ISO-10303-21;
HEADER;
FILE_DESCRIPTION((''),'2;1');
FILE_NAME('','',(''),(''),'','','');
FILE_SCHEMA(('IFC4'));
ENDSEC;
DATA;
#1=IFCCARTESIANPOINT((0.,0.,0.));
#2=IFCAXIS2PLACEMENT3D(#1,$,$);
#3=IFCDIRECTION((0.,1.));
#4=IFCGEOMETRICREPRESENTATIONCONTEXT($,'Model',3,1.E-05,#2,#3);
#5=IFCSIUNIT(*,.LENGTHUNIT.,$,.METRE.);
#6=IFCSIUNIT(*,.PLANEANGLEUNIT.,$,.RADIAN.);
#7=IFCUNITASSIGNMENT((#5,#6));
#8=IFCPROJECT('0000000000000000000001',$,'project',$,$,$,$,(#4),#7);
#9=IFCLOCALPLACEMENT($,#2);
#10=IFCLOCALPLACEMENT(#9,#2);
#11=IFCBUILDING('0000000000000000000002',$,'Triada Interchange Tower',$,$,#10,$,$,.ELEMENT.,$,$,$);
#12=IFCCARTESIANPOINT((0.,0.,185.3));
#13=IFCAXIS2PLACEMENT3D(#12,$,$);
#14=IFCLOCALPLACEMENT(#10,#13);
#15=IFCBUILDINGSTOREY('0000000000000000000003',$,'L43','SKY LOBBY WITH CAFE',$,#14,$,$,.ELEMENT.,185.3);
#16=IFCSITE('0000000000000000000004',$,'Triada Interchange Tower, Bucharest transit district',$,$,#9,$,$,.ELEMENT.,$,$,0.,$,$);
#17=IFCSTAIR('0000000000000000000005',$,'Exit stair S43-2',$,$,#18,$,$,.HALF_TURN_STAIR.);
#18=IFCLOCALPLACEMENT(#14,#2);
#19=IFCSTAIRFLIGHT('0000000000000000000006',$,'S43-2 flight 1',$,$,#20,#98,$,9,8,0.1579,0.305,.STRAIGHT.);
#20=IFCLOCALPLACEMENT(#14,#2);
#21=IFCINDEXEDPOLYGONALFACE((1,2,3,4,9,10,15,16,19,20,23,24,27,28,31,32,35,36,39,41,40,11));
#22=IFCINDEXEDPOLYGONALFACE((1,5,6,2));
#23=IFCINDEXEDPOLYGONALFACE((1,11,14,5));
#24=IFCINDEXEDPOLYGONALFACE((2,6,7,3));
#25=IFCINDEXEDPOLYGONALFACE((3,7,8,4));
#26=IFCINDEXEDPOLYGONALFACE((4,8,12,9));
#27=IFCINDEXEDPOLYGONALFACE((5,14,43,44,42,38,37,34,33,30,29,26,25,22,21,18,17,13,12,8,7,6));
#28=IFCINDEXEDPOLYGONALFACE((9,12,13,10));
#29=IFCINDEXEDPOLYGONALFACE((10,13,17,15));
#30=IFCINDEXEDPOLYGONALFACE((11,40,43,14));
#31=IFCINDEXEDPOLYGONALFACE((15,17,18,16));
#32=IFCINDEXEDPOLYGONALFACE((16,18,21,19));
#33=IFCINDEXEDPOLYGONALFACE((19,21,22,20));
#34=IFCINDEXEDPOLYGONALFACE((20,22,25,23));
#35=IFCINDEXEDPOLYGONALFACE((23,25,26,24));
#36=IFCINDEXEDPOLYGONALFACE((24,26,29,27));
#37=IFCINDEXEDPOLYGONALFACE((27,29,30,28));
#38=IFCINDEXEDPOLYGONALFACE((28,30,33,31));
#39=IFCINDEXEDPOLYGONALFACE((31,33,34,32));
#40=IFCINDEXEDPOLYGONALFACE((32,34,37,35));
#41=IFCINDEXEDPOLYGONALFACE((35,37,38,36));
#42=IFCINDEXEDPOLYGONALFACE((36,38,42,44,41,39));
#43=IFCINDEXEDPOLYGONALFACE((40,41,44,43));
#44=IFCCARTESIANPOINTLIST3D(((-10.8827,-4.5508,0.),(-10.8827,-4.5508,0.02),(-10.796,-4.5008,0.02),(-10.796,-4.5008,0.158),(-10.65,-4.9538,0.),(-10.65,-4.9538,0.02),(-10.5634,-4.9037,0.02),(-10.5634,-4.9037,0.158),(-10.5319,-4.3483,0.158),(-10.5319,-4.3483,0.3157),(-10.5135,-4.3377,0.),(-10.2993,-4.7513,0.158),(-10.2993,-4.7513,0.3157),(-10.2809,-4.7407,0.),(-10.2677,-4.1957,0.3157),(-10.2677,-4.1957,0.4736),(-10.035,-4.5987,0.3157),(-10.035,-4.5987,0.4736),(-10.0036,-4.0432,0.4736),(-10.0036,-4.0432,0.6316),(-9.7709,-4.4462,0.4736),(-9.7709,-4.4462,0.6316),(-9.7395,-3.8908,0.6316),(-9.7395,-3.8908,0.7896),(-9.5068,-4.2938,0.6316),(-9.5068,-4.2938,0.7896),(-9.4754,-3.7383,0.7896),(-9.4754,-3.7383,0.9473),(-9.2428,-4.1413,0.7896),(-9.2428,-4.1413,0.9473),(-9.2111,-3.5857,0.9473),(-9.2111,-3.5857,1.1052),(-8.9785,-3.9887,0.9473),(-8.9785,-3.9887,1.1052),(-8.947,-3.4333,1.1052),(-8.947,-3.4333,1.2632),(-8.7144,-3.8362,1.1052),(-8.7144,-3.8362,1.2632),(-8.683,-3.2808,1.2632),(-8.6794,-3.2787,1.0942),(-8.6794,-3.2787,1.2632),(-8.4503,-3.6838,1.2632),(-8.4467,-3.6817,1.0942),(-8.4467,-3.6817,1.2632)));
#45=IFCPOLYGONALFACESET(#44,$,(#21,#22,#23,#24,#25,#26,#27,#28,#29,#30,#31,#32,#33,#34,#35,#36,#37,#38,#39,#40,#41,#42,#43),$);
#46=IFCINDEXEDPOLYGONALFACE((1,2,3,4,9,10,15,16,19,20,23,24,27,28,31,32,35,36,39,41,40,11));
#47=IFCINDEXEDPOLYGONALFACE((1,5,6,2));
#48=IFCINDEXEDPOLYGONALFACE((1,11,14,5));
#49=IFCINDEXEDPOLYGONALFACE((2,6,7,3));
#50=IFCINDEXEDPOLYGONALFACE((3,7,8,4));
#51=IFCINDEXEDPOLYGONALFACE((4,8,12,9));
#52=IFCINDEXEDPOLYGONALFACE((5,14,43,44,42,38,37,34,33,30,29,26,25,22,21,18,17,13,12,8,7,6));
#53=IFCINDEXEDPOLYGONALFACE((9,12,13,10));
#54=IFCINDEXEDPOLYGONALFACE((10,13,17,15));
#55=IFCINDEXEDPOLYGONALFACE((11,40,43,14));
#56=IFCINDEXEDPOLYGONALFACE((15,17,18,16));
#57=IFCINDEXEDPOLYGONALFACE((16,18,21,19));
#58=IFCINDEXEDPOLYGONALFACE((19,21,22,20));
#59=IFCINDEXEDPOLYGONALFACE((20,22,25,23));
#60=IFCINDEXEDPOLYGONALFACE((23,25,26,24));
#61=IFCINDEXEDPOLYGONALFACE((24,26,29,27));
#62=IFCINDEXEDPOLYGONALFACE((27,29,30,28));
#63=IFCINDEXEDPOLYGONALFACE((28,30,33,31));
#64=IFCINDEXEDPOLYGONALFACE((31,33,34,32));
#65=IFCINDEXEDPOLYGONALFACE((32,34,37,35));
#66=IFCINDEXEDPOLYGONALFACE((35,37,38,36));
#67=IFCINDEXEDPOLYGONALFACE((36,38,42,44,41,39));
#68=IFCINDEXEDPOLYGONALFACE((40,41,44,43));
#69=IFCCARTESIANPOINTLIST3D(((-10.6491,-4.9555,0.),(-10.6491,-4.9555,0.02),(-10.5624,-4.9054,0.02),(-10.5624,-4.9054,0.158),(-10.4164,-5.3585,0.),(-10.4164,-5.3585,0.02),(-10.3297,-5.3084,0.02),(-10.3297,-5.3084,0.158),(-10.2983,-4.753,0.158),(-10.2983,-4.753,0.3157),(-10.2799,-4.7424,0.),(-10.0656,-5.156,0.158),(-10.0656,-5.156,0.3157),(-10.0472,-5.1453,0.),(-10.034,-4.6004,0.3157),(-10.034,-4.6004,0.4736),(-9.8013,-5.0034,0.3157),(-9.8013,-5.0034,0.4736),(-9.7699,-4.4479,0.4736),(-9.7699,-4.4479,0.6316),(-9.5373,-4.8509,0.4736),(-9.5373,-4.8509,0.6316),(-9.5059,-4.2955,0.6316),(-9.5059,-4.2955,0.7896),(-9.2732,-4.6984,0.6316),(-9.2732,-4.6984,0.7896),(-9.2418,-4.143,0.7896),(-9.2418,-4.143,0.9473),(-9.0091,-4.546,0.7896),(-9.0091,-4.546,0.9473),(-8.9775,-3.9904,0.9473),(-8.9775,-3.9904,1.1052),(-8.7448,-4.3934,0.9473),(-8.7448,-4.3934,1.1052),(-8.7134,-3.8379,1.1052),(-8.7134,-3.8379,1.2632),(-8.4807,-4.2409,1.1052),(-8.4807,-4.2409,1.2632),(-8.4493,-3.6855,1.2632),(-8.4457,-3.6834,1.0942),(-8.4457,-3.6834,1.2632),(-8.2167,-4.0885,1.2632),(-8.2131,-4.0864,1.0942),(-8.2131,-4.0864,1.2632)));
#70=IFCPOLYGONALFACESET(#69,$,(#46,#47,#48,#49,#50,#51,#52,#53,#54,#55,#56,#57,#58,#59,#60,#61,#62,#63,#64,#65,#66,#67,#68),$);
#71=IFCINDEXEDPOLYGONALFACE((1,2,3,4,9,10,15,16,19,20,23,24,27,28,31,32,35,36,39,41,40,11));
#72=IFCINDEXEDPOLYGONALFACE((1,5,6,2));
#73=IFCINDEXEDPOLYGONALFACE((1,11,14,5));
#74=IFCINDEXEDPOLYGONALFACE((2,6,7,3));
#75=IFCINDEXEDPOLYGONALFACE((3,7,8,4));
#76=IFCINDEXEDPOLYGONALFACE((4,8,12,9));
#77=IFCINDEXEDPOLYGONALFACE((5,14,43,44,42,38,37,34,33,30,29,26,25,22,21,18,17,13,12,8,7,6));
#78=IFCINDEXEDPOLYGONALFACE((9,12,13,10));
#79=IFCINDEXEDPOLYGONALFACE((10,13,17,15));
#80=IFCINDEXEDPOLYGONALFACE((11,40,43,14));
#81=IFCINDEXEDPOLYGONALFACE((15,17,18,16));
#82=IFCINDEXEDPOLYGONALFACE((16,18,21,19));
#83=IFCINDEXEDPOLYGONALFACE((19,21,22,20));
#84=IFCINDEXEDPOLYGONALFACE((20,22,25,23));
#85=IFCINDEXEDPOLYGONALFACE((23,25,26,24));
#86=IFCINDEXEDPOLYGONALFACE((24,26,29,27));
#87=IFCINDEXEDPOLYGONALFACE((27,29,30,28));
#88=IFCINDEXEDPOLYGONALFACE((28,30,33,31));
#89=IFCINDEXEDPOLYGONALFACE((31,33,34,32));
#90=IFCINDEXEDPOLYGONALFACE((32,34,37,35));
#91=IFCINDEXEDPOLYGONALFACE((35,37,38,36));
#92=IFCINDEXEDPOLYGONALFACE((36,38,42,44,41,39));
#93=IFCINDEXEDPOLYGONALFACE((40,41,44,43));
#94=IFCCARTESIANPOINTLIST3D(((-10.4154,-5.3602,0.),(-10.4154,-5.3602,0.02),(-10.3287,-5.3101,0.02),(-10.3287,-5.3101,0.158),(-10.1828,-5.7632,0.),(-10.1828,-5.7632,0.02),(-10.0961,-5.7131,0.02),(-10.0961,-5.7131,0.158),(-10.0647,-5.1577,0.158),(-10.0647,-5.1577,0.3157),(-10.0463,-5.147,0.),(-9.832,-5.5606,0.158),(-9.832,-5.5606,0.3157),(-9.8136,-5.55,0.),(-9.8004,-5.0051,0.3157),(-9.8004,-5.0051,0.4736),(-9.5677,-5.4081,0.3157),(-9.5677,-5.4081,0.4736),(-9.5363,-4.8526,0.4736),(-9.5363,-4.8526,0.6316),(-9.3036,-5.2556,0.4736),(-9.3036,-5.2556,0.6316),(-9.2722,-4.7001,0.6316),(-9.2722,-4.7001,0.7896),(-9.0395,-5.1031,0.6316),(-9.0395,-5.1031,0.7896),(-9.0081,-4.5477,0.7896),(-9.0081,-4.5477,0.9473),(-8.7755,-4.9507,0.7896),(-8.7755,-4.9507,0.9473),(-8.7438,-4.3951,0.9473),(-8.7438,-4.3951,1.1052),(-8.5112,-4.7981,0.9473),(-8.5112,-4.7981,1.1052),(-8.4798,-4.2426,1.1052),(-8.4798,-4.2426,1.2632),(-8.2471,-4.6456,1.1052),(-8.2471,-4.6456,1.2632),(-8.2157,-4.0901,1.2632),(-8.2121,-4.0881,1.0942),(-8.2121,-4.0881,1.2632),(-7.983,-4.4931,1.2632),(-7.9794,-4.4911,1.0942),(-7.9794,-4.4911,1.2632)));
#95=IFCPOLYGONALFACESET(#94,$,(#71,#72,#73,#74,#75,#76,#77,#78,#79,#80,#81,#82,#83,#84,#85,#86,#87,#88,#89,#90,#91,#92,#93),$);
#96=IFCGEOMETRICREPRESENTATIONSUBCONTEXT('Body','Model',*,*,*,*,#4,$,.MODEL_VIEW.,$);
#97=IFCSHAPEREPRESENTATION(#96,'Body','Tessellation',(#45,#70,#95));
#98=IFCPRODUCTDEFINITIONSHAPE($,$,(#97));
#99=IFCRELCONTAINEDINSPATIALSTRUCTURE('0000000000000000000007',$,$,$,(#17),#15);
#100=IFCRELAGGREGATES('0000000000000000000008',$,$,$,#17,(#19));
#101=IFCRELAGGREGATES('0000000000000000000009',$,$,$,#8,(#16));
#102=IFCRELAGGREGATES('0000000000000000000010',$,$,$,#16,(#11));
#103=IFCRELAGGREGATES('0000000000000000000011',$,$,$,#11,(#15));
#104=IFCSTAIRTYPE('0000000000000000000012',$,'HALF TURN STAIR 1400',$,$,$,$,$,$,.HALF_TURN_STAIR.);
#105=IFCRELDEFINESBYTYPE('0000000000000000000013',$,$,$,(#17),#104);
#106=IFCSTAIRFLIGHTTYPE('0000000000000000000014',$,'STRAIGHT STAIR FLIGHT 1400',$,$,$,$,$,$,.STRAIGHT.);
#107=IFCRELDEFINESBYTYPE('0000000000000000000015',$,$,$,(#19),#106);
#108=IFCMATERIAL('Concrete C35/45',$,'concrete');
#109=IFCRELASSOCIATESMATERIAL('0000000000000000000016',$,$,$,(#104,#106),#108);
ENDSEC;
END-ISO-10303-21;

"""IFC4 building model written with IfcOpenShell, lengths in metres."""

from ifc_helpers import new_model, si_unit, direction, frame, origin, place, context, subcontext, project, spatial, polyline, outline, extrude, material, type_object, element, aggregate, save


model = new_model("IFC4")

# Units and contexts
model_context = context("Model", 3, precision=1e-05, world=origin(), true_north=direction((0.0, 1.0)))
body_context = subcontext(model_context, "Body", "Model", "MODEL_VIEW")
ifc_project = project(units=[si_unit("LENGTHUNIT", "METRE"), si_unit("PLANEANGLEUNIT", "RADIAN")], contexts=[model_context])

# Site, building, storey
site_placement = place(None, origin())
site = spatial("IfcSite", under=ifc_project, at=site_placement, Name="Triada Interchange Tower, Bucharest transit district", CompositionType="ELEMENT", RefElevation=0.0)
building_placement = place(site_placement, origin())
building = spatial("IfcBuilding", under=site, at=building_placement, Name="Triada Interchange Tower", CompositionType="ELEMENT")
storey_placement = place(building_placement, frame((0.0, 0.0, 185.3)))
storey = spatial("IfcBuildingStorey", under=building, at=storey_placement, Name="L43", Description="SKY LOBBY WITH CAFE", CompositionType="ELEMENT", Elevation=185.3)

# Shared definitions
ifc_material_1 = material(Name="Concrete C35/45", Category="concrete")

# Stair, stair flight
stair_type = type_object("IfcStairType", Name="HALF TURN STAIR 1400", PredefinedType="HALF_TURN_STAIR", material=ifc_material_1)
stair_placement = place(storey_placement, origin())
stair = element("IfcStair", 1, at=stair_placement, inside=storey, type_object=stair_type, Name="Exit stair S43-2", PredefinedType="HALF_TURN_STAIR")
stair_flight_type = type_object("IfcStairFlightType", Name="STRAIGHT STAIR FLIGHT 1400", PredefinedType="STRAIGHT", material=ifc_material_1)
stair_flight_placement = place(storey_placement, frame((-10.446, -5.1069, 0.0), z_axis=(0.0, 0.0, 1.0), x_axis=(0.866025, 0.5, 0.0)))
stair_flight = element("IfcStairFlight", 2, at=stair_flight_placement, type_object=stair_flight_type, Name="S43-2 flight 1", NumberOfRisers=9, NumberOfTreads=8, PredefinedType="STRAIGHT", RiserHeight=0.1579, TreadLength=0.305, context=body_context, shape_type="SweptSolid", body=[
    extrude(outline(polyline([(-0.1001, 0.0), (-0.1001, 0.02), (0.0, 0.02), (0.0, 0.158), (0.3049, 0.158), (0.3049, 0.3157), (0.6101, 0.3157), (0.6101, 0.4736), (0.915, 0.4736), (0.915, 0.6316), (1.22, 0.6316), (1.22, 0.7896), (1.5249, 0.7896), (1.5249, 0.9473), (1.8301, 0.9473), (1.8301, 1.1052), (2.135, 1.1052), (2.135, 1.2632), (2.4399, 1.2632), (2.4441, 1.2632), (2.4441, 1.4209), (2.4441, 1.0942), (0.3262, 0.0), (-0.1001, 0.0)])), frame((0.0, 0.7, 0.0), z_axis=(0.0, -1.0, 0.0), x_axis=(1.0, 0.0, 0.0)), (0.0, 0.0, 1.0), 0.4653),
    extrude(outline(polyline([(-0.1001, 0.0), (-0.1001, 0.02), (0.0, 0.02), (0.0, 0.158), (0.3049, 0.158), (0.3049, 0.3157), (0.6101, 0.3157), (0.6101, 0.4736), (0.915, 0.4736), (0.915, 0.6316), (1.22, 0.6316), (1.22, 0.7896), (1.5249, 0.7896), (1.5249, 0.9473), (1.8301, 0.9473), (1.8301, 1.1052), (2.135, 1.1052), (2.135, 1.2632), (2.4399, 1.2632), (2.4441, 1.2632), (2.4441, 1.4209), (2.4441, 1.0942), (0.3262, 0.0), (-0.1001, 0.0)])), frame((0.0, 0.2327, 0.0), z_axis=(0.0, -1.0, 0.0), x_axis=(1.0, 0.0, 0.0)), (0.0, 0.0, 1.0), 0.4653),
    extrude(outline(polyline([(-0.1001, 0.0), (-0.1001, 0.02), (0.0, 0.02), (0.0, 0.158), (0.3049, 0.158), (0.3049, 0.3157), (0.6101, 0.3157), (0.6101, 0.4736), (0.915, 0.4736), (0.915, 0.6316), (1.22, 0.6316), (1.22, 0.7896), (1.5249, 0.7896), (1.5249, 0.9473), (1.8301, 0.9473), (1.8301, 1.1052), (2.135, 1.1052), (2.135, 1.2632), (2.4399, 1.2632), (2.4441, 1.2632), (2.4441, 1.4209), (2.4441, 1.0942), (0.3262, 0.0), (-0.1001, 0.0)])), frame((0.0, -0.2346, 0.0), z_axis=(0.0, -1.0, 0.0), x_axis=(1.0, 0.0, 0.0)), (0.0, 0.0, 1.0), 0.4653),
])
aggregate(stair, [stair_flight])

save(model, "model.ifc")
